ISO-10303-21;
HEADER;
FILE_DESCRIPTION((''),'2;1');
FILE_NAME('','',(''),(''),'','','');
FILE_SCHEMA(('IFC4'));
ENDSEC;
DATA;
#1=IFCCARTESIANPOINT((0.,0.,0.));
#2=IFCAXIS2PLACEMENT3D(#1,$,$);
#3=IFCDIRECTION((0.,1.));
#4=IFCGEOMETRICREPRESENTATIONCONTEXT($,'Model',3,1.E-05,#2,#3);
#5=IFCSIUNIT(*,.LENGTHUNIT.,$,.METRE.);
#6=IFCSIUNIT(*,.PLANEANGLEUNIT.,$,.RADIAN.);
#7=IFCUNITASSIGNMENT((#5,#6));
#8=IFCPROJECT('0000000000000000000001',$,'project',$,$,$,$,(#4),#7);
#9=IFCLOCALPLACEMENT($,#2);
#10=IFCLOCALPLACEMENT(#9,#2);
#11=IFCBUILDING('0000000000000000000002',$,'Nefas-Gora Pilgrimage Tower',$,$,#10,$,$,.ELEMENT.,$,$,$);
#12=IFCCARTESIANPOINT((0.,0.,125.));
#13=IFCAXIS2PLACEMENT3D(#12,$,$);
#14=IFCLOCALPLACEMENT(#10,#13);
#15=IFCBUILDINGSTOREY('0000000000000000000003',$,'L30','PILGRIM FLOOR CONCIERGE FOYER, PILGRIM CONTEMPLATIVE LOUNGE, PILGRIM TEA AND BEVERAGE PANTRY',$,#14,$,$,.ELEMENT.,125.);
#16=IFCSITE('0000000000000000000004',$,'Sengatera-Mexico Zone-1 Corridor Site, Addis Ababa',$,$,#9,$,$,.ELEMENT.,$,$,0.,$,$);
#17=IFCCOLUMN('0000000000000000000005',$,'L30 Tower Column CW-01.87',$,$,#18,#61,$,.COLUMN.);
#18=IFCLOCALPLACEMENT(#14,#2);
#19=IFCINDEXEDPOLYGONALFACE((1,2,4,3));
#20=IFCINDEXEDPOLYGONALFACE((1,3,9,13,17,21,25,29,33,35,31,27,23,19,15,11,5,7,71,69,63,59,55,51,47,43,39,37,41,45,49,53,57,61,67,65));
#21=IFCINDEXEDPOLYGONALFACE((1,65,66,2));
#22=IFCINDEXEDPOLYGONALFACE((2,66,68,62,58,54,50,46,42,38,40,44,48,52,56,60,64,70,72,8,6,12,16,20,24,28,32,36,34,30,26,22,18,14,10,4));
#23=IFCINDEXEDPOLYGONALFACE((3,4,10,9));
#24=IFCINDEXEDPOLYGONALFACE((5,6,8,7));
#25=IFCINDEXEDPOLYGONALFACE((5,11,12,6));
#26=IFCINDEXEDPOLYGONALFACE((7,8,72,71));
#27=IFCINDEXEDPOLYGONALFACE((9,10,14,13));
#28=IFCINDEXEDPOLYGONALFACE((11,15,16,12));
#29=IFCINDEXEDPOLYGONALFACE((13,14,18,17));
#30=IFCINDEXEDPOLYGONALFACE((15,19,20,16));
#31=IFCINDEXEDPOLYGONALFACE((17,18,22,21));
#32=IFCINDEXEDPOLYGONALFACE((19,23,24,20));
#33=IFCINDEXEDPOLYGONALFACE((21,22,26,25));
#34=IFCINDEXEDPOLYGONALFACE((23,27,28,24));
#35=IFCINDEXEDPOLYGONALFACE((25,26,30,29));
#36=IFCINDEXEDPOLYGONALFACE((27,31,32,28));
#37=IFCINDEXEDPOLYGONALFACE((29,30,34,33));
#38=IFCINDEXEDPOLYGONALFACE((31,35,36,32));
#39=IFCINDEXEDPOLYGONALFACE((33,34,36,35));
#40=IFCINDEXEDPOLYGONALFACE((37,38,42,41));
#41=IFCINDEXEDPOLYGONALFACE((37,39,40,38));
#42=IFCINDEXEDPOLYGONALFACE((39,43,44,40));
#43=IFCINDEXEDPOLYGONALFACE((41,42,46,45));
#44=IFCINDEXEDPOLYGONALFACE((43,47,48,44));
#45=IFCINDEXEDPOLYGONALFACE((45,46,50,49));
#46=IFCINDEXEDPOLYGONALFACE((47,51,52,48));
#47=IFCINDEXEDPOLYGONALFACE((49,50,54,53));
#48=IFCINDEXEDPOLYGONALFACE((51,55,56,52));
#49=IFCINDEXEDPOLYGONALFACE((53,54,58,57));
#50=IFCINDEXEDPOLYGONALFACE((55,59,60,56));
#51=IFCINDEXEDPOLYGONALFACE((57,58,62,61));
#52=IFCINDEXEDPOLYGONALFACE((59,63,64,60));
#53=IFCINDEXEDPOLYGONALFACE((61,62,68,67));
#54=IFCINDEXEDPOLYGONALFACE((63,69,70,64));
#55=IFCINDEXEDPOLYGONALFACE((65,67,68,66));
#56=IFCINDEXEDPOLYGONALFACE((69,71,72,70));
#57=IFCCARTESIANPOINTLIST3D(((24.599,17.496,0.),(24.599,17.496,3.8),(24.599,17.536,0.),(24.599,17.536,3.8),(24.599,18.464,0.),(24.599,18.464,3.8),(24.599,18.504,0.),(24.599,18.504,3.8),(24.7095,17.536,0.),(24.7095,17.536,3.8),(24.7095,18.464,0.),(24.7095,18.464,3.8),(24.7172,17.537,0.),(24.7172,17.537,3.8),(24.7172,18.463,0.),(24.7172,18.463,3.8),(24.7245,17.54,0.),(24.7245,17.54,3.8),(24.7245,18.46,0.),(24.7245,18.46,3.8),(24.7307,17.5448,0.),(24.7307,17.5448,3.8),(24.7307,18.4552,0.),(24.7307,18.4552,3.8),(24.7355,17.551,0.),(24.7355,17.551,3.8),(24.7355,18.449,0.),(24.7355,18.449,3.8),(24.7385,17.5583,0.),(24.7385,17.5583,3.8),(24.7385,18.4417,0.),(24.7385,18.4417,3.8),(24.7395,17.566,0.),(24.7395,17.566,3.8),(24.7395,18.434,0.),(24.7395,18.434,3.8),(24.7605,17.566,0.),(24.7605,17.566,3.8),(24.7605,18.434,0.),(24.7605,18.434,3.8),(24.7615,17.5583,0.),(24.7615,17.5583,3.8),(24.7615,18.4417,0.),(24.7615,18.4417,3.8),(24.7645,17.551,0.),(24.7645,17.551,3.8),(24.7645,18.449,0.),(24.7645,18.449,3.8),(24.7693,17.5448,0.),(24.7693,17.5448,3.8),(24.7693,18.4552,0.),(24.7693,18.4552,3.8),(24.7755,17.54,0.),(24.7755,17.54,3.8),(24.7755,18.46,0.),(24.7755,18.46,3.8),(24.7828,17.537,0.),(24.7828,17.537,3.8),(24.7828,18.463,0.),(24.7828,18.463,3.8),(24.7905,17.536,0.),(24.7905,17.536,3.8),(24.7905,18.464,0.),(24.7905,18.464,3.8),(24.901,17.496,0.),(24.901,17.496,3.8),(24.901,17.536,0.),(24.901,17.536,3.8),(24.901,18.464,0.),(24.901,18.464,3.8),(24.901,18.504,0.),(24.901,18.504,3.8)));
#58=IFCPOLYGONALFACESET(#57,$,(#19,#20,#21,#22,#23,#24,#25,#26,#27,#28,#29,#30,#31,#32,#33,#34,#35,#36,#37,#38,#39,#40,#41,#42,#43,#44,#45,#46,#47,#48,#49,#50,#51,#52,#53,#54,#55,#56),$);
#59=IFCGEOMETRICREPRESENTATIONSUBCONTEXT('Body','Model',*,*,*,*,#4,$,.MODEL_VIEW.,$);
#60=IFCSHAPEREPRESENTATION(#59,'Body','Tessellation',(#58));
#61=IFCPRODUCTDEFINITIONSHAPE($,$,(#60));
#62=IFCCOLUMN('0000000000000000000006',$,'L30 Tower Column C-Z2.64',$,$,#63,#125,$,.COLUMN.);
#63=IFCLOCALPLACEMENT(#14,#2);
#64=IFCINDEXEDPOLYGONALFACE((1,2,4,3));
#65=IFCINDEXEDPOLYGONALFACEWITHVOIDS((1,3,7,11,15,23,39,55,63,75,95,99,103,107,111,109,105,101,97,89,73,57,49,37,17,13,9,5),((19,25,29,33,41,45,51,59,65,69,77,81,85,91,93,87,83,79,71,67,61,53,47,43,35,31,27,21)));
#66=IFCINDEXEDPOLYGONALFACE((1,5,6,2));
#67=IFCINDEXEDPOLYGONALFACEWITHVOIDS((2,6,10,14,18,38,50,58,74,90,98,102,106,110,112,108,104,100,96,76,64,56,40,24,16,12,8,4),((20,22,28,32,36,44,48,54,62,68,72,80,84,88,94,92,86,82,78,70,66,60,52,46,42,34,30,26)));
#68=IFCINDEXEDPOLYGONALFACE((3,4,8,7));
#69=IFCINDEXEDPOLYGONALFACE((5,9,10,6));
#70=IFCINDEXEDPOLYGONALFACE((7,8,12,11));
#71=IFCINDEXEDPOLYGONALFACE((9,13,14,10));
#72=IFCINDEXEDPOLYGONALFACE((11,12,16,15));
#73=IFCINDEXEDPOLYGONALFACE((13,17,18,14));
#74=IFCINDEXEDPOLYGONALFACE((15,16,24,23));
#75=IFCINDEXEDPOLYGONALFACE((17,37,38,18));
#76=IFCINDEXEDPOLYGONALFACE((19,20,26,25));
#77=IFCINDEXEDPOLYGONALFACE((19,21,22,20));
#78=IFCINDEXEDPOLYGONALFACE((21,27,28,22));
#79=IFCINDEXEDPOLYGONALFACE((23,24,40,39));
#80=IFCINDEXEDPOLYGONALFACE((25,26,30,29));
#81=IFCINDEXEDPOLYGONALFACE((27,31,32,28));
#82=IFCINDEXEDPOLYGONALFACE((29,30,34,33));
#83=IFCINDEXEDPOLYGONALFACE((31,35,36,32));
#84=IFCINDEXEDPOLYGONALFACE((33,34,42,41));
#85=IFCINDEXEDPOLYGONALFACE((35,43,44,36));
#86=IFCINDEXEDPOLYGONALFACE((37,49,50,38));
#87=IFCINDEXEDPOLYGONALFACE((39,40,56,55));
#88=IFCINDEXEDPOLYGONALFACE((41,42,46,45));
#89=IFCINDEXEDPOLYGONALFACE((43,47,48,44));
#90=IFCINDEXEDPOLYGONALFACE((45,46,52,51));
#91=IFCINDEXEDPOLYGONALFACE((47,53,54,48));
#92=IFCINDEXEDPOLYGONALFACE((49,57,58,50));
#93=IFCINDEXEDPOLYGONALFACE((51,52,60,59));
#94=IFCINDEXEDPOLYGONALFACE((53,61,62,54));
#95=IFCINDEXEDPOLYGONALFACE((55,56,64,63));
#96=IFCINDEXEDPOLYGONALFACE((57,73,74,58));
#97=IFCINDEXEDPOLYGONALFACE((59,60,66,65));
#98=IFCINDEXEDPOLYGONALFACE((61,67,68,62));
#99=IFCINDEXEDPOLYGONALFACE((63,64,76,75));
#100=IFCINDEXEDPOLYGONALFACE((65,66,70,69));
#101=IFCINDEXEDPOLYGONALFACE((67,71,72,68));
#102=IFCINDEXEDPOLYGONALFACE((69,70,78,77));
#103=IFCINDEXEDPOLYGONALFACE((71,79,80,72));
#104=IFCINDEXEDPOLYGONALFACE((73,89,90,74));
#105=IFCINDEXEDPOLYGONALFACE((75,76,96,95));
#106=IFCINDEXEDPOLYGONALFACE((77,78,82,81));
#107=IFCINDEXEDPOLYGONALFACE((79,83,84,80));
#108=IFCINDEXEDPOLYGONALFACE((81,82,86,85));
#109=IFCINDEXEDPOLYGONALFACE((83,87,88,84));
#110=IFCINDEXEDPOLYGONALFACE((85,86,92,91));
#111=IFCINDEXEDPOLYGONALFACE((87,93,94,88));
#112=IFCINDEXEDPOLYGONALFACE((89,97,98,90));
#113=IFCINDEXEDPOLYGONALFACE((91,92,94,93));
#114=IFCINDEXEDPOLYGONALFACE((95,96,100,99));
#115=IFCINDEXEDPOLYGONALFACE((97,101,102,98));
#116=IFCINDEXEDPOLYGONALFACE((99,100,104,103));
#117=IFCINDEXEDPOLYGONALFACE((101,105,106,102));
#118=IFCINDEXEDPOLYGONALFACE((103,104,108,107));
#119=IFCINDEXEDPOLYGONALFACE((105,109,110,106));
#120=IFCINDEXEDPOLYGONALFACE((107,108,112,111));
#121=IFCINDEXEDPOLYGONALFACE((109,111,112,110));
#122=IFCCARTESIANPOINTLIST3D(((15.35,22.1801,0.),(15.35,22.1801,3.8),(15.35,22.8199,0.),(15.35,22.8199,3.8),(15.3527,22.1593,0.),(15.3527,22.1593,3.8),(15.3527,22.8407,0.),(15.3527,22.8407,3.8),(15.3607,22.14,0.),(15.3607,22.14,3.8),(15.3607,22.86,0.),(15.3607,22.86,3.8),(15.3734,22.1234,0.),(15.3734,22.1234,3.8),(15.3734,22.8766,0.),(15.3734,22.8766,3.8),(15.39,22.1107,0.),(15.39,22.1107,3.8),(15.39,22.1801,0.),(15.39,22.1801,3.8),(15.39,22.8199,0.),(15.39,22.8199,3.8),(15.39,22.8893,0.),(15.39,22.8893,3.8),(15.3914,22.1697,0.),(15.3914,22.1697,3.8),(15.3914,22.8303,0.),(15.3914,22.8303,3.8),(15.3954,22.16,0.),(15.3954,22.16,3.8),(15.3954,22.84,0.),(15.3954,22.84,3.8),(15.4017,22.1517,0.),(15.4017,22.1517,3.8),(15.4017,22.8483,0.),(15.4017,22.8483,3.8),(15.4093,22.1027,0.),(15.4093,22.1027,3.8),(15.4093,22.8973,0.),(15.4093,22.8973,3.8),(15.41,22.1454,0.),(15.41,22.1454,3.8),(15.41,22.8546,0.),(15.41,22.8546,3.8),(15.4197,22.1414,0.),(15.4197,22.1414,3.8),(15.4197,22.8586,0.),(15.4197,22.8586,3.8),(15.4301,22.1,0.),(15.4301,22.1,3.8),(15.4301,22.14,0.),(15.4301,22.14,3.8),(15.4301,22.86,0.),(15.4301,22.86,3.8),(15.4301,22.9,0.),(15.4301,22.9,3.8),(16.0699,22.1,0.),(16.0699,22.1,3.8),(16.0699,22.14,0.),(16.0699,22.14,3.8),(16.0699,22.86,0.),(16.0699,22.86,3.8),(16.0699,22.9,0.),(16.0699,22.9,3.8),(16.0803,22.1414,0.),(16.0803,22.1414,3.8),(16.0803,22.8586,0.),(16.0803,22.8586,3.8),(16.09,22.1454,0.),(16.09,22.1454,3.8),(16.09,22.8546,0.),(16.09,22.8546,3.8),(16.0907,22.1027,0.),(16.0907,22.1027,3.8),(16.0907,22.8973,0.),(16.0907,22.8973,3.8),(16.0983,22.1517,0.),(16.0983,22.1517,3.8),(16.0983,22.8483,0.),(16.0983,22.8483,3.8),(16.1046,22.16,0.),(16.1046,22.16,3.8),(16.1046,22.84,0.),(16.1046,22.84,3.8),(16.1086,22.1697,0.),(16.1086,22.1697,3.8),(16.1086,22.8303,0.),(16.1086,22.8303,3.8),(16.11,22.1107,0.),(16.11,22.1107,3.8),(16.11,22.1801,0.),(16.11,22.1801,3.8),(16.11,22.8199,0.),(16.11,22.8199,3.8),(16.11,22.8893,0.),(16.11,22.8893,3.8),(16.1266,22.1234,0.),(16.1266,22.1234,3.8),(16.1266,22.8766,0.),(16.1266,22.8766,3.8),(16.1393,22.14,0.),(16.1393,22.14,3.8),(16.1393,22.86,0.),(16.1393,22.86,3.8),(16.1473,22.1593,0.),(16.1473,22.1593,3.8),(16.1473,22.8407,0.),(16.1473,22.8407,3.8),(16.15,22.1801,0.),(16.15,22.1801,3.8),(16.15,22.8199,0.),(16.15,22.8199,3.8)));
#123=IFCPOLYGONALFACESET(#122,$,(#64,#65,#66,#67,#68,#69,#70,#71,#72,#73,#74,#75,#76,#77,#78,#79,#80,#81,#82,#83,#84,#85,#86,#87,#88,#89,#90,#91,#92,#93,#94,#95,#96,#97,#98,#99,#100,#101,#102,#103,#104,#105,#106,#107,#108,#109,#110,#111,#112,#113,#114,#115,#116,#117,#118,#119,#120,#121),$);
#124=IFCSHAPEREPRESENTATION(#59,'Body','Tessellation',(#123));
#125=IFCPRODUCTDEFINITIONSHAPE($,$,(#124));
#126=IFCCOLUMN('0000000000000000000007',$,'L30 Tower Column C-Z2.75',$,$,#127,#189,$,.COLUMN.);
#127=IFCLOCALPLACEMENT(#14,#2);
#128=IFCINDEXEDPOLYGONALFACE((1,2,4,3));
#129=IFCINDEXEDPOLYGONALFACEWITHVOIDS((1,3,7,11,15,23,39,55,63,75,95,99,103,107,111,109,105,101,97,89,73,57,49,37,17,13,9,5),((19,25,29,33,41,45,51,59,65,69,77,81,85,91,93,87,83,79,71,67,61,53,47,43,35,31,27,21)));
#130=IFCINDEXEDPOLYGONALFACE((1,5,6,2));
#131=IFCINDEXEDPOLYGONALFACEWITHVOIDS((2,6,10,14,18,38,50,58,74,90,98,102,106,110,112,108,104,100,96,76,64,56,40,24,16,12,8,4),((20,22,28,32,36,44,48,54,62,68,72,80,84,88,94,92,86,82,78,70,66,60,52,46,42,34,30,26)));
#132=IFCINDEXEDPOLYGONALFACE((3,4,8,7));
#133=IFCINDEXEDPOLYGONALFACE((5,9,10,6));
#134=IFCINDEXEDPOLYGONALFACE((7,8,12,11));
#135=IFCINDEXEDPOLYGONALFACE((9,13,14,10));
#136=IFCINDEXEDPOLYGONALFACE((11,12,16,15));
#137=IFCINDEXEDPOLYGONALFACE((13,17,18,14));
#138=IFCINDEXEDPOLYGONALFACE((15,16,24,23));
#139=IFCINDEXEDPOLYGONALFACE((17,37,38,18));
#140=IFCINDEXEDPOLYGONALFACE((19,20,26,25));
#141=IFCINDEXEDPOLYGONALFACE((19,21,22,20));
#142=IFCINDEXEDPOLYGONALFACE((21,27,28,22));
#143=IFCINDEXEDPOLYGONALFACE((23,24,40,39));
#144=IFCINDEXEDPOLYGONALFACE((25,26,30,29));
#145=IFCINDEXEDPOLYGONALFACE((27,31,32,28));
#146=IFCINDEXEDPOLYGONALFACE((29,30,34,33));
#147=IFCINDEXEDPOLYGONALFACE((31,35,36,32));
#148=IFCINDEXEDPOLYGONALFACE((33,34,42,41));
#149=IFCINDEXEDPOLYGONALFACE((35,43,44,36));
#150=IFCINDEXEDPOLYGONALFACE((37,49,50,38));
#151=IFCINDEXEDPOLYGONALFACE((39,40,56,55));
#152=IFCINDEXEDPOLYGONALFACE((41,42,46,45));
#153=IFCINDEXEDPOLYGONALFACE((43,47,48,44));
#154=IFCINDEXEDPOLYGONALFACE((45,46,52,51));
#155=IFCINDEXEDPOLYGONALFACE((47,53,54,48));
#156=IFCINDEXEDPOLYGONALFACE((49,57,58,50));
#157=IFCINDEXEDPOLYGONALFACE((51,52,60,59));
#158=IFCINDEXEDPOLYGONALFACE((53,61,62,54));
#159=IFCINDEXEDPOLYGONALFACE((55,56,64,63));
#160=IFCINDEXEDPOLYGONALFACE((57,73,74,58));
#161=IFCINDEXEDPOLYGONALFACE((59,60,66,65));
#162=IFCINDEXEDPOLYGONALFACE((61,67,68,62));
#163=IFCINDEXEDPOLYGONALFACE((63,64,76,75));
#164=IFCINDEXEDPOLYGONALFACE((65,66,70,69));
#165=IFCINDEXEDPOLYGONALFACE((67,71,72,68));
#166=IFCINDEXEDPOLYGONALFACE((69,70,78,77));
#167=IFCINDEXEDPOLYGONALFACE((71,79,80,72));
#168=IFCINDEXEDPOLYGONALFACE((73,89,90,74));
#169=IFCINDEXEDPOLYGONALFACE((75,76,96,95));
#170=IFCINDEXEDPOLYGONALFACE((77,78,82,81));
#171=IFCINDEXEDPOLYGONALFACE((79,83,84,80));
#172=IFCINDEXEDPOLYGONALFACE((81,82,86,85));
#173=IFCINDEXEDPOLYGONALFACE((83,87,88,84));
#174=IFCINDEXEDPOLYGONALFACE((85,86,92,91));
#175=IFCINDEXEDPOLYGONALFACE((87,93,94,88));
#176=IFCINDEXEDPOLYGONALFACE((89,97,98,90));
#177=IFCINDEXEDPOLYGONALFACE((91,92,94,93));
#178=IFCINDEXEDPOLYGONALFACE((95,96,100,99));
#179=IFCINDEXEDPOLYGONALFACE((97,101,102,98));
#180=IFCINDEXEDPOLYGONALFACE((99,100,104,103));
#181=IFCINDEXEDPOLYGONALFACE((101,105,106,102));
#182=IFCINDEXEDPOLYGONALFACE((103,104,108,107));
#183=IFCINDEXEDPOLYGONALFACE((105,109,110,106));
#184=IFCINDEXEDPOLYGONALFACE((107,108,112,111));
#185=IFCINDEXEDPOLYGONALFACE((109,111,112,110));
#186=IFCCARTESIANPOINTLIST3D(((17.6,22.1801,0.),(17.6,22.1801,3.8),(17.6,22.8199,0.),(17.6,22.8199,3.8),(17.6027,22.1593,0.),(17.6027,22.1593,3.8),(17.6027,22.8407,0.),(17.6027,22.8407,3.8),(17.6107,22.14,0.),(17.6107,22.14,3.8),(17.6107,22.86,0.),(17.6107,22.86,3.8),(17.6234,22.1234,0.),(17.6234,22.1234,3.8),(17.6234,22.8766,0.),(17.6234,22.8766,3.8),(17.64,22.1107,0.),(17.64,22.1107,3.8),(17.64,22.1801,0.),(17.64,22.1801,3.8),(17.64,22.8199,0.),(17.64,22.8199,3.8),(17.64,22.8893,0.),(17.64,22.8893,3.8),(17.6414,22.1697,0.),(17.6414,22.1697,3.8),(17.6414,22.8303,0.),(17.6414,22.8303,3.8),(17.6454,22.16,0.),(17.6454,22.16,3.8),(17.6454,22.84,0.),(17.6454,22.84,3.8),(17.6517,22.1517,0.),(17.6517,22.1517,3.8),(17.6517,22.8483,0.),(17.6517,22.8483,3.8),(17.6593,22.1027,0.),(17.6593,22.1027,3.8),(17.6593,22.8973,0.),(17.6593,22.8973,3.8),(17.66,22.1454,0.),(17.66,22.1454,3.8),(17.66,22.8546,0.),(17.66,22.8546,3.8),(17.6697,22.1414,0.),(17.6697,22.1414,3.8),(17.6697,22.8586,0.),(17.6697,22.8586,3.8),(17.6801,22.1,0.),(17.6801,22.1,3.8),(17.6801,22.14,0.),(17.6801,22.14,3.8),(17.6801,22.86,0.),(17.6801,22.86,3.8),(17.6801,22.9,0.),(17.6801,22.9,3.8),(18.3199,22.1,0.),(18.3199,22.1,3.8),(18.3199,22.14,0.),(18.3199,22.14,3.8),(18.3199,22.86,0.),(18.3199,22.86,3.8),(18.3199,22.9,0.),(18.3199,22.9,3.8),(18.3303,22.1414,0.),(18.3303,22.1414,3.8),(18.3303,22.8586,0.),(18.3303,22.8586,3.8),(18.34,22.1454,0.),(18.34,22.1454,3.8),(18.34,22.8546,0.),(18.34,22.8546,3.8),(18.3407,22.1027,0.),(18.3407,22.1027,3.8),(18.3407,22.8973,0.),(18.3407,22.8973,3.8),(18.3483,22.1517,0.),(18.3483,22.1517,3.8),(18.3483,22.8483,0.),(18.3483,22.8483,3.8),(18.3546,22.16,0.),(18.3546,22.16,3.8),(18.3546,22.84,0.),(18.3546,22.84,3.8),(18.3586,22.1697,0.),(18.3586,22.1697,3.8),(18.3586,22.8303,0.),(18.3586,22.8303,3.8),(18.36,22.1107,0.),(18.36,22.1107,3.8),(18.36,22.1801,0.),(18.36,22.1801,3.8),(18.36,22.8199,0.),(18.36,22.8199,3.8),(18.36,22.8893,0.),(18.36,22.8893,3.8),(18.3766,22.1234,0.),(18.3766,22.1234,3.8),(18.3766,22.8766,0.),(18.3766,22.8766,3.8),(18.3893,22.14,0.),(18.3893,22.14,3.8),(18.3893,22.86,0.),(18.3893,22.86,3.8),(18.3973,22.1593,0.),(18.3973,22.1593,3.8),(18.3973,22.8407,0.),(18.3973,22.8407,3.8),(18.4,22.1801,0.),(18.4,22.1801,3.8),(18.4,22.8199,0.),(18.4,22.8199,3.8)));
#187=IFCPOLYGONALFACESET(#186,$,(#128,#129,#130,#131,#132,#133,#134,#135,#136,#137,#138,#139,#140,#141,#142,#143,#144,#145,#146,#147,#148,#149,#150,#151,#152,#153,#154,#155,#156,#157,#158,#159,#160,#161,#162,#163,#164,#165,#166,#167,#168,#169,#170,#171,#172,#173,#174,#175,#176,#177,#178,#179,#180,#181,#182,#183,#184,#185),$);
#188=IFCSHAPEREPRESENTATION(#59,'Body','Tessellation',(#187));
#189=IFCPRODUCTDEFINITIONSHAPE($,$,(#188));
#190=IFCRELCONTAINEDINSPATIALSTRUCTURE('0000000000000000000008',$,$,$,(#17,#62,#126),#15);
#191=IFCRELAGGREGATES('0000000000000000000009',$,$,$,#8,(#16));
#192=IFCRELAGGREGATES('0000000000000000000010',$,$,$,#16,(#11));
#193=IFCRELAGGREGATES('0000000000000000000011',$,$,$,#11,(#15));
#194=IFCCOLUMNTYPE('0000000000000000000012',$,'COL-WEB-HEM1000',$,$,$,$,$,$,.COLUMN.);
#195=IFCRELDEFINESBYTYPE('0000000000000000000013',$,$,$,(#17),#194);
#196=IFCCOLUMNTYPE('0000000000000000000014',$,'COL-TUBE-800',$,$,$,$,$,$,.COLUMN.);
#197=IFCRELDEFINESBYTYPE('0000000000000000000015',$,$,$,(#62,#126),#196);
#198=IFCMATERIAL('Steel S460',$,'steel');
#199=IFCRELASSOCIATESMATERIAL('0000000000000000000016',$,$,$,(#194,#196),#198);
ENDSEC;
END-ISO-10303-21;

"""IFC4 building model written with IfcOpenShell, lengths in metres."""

from ifc_helpers import new_model, si_unit, direction, frame, origin, origin_2d, place, context, subcontext, project, spatial, hollow_rectangle, i_section, extrude, source, transform, mapped, material, material_profile, profile_set, type_object, element, save


model = new_model("IFC4")

# Units and contexts
model_context = context("Model", 3, precision=1e-05, world=origin(), true_north=direction((0.0, 1.0)))
body_context = subcontext(model_context, "Body", "Model", "MODEL_VIEW")
ifc_project = project(units=[si_unit("LENGTHUNIT", "METRE"), si_unit("PLANEANGLEUNIT", "RADIAN")], contexts=[model_context])

# Site, building, storey
site_placement = place(None, origin())
site = spatial("IfcSite", under=ifc_project, at=site_placement, Name="Sengatera-Mexico Zone-1 Corridor Site, Addis Ababa", CompositionType="ELEMENT", RefElevation=0.0)
building_placement = place(site_placement, origin())
building = spatial("IfcBuilding", under=site, at=building_placement, Name="Nefas-Gora Pilgrimage Tower", CompositionType="ELEMENT")
storey_placement = place(building_placement, frame((0.0, 0.0, 125.0)))
storey = spatial("IfcBuildingStorey", under=building, at=storey_placement, Name="L30", Description="PILGRIM FLOOR CONCIERGE FOYER, PILGRIM CONTEMPLATIVE LOUNGE, PILGRIM TEA AND BEVERAGE PANTRY", CompositionType="ELEMENT", Elevation=125.0)

# Columns
ifc_material_1 = material(Name="Steel S460", Category="steel")
ifc_material_profile_1 = material_profile(ifc_material_1, i_section(OverallWidth=0.302, OverallDepth=1.0081, WebThickness=0.021, FlangeThickness=0.04, FilletRadius=0.03, at=origin_2d()), Name="HEM 1000")
ifc_profile_set_1 = profile_set([ifc_material_profile_1], Name="Steel S460")
column_type_1 = type_object("IfcColumnType", Name="COL-WEB-HEM1000", PredefinedType="COLUMN", material=ifc_profile_set_1)
shared_shape_1 = source(origin(), body_context, "Body", "SweptSolid", [
    extrude(i_section(OverallWidth=0.302, OverallDepth=1.0081, WebThickness=0.021, FlangeThickness=0.04, FilletRadius=0.03, at=origin_2d()), origin(), (0.0, 0.0, 1.0), 3.8),
])
for number, where, z_axis, x_axis, name in (
    (1, (24.75, 18.0, 0.0), (0.0, 0.0, 1.0), (1.0, 0.0, 0.0), "L30 Tower Column CW-01.87"),
):
    element("IfcColumn", number, at=place(storey_placement, frame(where, z_axis=z_axis, x_axis=x_axis)), inside=storey, type_object=column_type_1, Name=name, PredefinedType="COLUMN", context=body_context, shape_type="MappedRepresentation", body=[
        mapped(shared_shape_1, transform((0.0, 0.0, 0.0), x_axis=(1.0, 0.0, 0.0), y_axis=(0.0, 1.0, 0.0), z_axis=(0.0, 0.0, 1.0), scale=1.0)),
    ])
ifc_material_profile_2 = material_profile(ifc_material_1, hollow_rectangle(XDim=0.8, YDim=0.8, WallThickness=0.04, InnerFilletRadius=0.04, OuterFilletRadius=0.0801, at=origin_2d()), Name="BOX 800x800x40")
ifc_profile_set_2 = profile_set([ifc_material_profile_2], Name="Steel S460")
column_type_2 = type_object("IfcColumnType", Name="COL-TUBE-800", PredefinedType="COLUMN", material=ifc_profile_set_2)
shared_shape_2 = source(origin(), body_context, "Body", "SweptSolid", [
    extrude(hollow_rectangle(XDim=0.8, YDim=0.8, WallThickness=0.04, InnerFilletRadius=0.04, OuterFilletRadius=0.0801, at=origin_2d()), origin(), (0.0, 0.0, 1.0), 3.8),
])
for number, where, z_axis, x_axis, name in (
    (2, (15.75, 22.5, 0.0), (0.0, 0.0, 1.0), (1.0, 0.0, 0.0), "L30 Tower Column C-Z2.64"),
    (3, (18.0, 22.5, 0.0), (0.0, 0.0, 1.0), (1.0, 0.0, 0.0), "L30 Tower Column C-Z2.75"),
):
    element("IfcColumn", number, at=place(storey_placement, frame(where, z_axis=z_axis, x_axis=x_axis)), inside=storey, type_object=column_type_2, Name=name, PredefinedType="COLUMN", context=body_context, shape_type="MappedRepresentation", body=[
        mapped(shared_shape_2, transform((0.0, 0.0, 0.0), x_axis=(1.0, 0.0, 0.0), y_axis=(0.0, 1.0, 0.0), z_axis=(0.0, 0.0, 1.0), scale=1.0)),
    ])

save(model, "model.ifc")
